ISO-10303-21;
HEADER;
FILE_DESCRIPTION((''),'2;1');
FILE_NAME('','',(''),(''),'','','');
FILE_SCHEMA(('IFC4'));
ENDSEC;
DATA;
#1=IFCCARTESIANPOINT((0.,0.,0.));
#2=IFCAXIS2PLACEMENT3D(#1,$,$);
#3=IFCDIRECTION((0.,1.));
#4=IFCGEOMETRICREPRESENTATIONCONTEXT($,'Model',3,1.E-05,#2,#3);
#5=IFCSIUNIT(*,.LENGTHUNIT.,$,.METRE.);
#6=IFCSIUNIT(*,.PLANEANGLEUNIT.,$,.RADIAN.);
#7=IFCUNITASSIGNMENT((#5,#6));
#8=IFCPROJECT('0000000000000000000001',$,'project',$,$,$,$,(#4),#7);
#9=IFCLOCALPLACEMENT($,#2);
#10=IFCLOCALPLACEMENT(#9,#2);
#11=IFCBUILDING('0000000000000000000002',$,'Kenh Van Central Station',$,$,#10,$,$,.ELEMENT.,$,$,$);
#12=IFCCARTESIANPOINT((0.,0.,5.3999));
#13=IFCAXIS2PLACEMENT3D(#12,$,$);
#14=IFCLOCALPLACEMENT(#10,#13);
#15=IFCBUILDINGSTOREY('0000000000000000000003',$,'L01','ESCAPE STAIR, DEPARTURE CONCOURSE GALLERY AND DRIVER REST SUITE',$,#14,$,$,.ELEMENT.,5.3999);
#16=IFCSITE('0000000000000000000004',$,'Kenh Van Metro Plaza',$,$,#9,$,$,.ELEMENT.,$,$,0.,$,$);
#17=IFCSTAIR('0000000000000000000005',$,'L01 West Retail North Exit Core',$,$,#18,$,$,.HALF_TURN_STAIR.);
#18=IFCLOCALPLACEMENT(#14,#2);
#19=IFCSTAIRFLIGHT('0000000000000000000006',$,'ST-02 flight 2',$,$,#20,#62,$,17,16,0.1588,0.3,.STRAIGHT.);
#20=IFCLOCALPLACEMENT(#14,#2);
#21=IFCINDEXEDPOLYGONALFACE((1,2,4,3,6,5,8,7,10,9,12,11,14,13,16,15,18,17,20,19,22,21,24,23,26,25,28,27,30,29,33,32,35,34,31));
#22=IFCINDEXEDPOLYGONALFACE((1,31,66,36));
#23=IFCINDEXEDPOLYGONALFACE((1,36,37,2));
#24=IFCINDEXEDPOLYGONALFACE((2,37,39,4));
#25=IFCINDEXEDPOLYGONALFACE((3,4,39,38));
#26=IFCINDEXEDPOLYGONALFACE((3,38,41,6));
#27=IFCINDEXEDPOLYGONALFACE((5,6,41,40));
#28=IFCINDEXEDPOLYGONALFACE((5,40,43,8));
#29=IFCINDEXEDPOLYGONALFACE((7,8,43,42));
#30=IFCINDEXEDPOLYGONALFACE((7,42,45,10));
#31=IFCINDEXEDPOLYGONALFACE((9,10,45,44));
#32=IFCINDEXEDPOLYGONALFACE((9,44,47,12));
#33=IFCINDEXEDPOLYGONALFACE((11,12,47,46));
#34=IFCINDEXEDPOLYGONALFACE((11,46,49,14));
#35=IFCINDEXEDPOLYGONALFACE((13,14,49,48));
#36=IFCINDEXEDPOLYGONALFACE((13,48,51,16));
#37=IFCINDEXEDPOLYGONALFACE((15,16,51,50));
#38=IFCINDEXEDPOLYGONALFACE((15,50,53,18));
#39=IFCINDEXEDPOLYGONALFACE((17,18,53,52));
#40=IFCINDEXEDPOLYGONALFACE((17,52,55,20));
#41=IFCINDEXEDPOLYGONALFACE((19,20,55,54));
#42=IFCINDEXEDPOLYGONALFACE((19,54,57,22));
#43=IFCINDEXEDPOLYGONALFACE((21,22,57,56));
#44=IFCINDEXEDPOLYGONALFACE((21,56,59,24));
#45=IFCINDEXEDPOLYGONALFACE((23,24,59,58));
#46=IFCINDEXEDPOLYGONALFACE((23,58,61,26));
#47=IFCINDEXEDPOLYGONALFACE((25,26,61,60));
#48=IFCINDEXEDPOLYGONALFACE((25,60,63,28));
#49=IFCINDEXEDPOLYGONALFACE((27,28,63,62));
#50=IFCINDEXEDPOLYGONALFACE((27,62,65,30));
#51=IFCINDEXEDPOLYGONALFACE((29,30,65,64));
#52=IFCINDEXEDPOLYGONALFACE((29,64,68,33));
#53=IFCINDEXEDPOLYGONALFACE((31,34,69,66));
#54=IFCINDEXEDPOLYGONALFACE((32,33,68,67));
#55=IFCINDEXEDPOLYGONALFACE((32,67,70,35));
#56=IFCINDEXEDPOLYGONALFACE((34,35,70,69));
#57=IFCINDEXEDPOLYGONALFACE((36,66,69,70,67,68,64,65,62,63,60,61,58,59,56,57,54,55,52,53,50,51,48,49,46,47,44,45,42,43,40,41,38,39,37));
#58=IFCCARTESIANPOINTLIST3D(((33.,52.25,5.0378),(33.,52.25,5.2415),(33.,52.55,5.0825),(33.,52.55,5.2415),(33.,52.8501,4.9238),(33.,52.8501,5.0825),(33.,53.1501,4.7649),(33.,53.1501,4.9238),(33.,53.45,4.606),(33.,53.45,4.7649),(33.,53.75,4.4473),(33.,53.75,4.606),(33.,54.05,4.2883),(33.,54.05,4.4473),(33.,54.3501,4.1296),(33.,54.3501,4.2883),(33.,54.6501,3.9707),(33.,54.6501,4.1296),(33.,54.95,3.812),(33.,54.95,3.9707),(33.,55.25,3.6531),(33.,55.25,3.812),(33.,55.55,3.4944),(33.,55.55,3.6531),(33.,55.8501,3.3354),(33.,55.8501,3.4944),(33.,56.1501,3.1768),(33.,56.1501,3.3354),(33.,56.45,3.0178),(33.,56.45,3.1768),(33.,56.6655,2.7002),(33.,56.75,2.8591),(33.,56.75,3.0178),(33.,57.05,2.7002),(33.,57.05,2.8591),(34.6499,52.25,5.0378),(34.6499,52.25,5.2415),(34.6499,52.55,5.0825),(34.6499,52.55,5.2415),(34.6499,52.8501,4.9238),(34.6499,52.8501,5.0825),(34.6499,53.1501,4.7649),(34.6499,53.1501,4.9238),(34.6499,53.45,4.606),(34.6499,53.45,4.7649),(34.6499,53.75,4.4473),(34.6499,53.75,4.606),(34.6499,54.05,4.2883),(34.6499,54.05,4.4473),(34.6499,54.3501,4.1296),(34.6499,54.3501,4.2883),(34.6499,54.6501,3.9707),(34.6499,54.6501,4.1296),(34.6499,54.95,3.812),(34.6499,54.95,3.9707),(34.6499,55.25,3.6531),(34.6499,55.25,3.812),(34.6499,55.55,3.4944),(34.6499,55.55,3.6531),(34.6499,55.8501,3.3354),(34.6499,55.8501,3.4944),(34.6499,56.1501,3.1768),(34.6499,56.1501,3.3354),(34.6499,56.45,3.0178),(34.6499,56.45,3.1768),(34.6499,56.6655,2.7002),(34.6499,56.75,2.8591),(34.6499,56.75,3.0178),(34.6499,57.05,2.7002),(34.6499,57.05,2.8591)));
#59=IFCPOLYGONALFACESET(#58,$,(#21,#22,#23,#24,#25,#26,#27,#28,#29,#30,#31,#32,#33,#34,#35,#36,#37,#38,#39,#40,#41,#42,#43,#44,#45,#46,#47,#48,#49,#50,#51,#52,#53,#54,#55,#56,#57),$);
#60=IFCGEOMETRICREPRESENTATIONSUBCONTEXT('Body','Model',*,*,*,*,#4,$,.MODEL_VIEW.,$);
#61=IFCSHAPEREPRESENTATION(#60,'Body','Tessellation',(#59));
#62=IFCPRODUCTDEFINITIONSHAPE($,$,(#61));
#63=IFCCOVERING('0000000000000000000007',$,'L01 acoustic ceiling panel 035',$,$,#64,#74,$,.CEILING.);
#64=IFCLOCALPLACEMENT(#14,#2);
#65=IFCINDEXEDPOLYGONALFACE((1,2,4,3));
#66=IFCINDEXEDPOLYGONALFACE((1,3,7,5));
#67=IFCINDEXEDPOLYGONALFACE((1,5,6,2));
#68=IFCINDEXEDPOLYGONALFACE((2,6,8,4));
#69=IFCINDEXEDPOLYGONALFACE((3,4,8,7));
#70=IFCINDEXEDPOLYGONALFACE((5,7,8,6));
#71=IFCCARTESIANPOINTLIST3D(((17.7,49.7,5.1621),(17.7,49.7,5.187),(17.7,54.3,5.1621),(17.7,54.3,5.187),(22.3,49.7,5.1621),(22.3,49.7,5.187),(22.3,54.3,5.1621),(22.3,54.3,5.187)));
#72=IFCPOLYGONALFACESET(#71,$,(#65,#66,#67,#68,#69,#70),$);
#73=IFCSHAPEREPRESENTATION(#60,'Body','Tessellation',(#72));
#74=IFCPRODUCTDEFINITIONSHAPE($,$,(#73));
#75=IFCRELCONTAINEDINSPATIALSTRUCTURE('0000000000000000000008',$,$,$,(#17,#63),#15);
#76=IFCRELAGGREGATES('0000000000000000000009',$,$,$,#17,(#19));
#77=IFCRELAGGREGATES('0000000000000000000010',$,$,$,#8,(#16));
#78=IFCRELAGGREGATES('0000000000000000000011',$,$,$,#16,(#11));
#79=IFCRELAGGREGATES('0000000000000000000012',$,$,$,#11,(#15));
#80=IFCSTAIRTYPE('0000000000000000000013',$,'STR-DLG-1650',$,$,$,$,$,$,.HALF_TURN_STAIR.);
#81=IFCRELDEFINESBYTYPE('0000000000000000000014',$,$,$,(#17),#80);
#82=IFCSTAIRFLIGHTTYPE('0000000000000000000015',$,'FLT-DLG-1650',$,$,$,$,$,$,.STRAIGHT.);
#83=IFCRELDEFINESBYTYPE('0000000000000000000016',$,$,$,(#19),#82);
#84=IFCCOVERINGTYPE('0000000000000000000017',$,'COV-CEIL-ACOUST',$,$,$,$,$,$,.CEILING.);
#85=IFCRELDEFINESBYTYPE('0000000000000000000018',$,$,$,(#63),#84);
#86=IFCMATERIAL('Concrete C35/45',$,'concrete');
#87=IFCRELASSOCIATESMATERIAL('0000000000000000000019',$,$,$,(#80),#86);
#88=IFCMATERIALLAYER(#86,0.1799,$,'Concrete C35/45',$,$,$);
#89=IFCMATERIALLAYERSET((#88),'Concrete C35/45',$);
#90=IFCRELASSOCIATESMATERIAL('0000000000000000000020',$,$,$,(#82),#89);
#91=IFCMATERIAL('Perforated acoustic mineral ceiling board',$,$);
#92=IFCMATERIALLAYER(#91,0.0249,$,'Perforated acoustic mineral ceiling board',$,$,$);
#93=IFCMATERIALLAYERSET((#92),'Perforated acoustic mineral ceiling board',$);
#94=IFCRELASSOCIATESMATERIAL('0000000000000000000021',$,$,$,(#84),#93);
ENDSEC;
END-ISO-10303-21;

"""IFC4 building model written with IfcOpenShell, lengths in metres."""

from ifc_helpers import new_model, si_unit, direction, frame, origin, origin_2d, place, context, subcontext, project, spatial, polyline, rectangle, outline, extrude, material, layer, layer_set, type_object, element, aggregate, save


model = new_model("IFC4")

# Units and contexts
model_context = context("Model", 3, precision=1e-05, world=origin(), true_north=direction((0.0, 1.0)))
body_context = subcontext(model_context, "Body", "Model", "MODEL_VIEW")
ifc_project = project(units=[si_unit("LENGTHUNIT", "METRE"), si_unit("PLANEANGLEUNIT", "RADIAN")], contexts=[model_context])

# Site, building, storey
site_placement = place(None, origin())
site = spatial("IfcSite", under=ifc_project, at=site_placement, Name="Kenh Van Metro Plaza", CompositionType="ELEMENT", RefElevation=0.0)
building_placement = place(site_placement, origin())
building = spatial("IfcBuilding", under=site, at=building_placement, Name="Kenh Van Central Station", CompositionType="ELEMENT")
storey_placement = place(building_placement, frame((0.0, 0.0, 5.3999)))
storey = spatial("IfcBuildingStorey", under=building, at=storey_placement, Name="L01", Description="ESCAPE STAIR, DEPARTURE CONCOURSE GALLERY AND DRIVER REST SUITE", CompositionType="ELEMENT", Elevation=5.3999)

# Shared definitions
ifc_material_1 = material(Name="Concrete C35/45", Category="concrete")

# Stair, stair flight
stair_type = type_object("IfcStairType", Name="STR-DLG-1650", PredefinedType="HALF_TURN_STAIR", material=ifc_material_1)
stair_placement = place(storey_placement, origin())
stair = element("IfcStair", 1, at=stair_placement, inside=storey, type_object=stair_type, Name="L01 West Retail North Exit Core", PredefinedType="HALF_TURN_STAIR")
ifc_layer_1 = layer(ifc_material_1, 0.1799, Name="Concrete C35/45")
ifc_layer_set_1 = layer_set([ifc_layer_1], Name="Concrete C35/45")
stair_flight_type = type_object("IfcStairFlightType", Name="FLT-DLG-1650", PredefinedType="STRAIGHT", material=ifc_layer_set_1)
stair_flight_placement = place(storey_placement, frame((33.825, 57.05, 2.7002), z_axis=(0.0, 0.0, 1.0), x_axis=(0.0, -1.0, 0.0)))
stair_flight = element("IfcStairFlight", 2, at=stair_flight_placement, type_object=stair_flight_type, Name="ST-02 flight 2", NumberOfRisers=17, NumberOfTreads=16, PredefinedType="STRAIGHT", RiserHeight=0.1588, TreadLength=0.3, context=body_context, shape_type="SweptSolid", body=[
    extrude(outline(polyline([(0.0, 0.0), (0.0, 0.1589), (0.3, 0.1589), (0.3, 0.3176), (0.6001, 0.3176), (0.6001, 0.4766), (0.8999, 0.4766), (0.8999, 0.6353), (1.2, 0.6353), (1.2, 0.7942), (1.5, 0.7942), (1.5, 0.9529), (1.8, 0.9529), (1.8, 1.1118), (2.1001, 1.1118), (2.1001, 1.2705), (2.3999, 1.2705), (2.3999, 1.4294), (2.7, 1.4294), (2.7, 1.5881), (3.0, 1.5881), (3.0, 1.7471), (3.3, 1.7471), (3.3, 1.9058), (3.6001, 1.9058), (3.6001, 2.0647), (3.8999, 2.0647), (3.8999, 2.2236), (4.2, 2.2236), (4.2, 2.3823), (4.5, 2.3823), (4.5, 2.5413), (4.8, 2.5413), (4.8, 2.7), (4.8, 2.3376), (0.3845, 0.0), (0.0, 0.0)])), frame((0.0, 0.825, 0.0), z_axis=(0.0, -1.0, 0.0), x_axis=(1.0, 0.0, 0.0)), (0.0, 0.0, 1.0), 1.6499),
])
aggregate(stair, [stair_flight])

# Covering
ifc_material_2 = material(Name="Perforated acoustic mineral ceiling board")
ifc_layer_2 = layer(ifc_material_2, 0.0249, Name="Perforated acoustic mineral ceiling board")
ifc_layer_set_2 = layer_set([ifc_layer_2], Name="Perforated acoustic mineral ceiling board")
covering_type = type_object("IfcCoveringType", Name="COV-CEIL-ACOUST", PredefinedType="CEILING", material=ifc_layer_set_2)
covering_placement = place(storey_placement, frame((20.0, 52.0, 5.1621), z_axis=(0.0, 0.0, 1.0), x_axis=(1.0, 0.0, 0.0)))
element("IfcCovering", 3, at=covering_placement, inside=storey, type_object=covering_type, Name="L01 acoustic ceiling panel 035", PredefinedType="CEILING", context=body_context, shape_type="SweptSolid", body=[
    extrude(rectangle(XDim=4.6001, YDim=4.6001, at=origin_2d()), origin(), (0.0, 0.0, 1.0), 0.0249),
])

save(model, "model.ifc")
